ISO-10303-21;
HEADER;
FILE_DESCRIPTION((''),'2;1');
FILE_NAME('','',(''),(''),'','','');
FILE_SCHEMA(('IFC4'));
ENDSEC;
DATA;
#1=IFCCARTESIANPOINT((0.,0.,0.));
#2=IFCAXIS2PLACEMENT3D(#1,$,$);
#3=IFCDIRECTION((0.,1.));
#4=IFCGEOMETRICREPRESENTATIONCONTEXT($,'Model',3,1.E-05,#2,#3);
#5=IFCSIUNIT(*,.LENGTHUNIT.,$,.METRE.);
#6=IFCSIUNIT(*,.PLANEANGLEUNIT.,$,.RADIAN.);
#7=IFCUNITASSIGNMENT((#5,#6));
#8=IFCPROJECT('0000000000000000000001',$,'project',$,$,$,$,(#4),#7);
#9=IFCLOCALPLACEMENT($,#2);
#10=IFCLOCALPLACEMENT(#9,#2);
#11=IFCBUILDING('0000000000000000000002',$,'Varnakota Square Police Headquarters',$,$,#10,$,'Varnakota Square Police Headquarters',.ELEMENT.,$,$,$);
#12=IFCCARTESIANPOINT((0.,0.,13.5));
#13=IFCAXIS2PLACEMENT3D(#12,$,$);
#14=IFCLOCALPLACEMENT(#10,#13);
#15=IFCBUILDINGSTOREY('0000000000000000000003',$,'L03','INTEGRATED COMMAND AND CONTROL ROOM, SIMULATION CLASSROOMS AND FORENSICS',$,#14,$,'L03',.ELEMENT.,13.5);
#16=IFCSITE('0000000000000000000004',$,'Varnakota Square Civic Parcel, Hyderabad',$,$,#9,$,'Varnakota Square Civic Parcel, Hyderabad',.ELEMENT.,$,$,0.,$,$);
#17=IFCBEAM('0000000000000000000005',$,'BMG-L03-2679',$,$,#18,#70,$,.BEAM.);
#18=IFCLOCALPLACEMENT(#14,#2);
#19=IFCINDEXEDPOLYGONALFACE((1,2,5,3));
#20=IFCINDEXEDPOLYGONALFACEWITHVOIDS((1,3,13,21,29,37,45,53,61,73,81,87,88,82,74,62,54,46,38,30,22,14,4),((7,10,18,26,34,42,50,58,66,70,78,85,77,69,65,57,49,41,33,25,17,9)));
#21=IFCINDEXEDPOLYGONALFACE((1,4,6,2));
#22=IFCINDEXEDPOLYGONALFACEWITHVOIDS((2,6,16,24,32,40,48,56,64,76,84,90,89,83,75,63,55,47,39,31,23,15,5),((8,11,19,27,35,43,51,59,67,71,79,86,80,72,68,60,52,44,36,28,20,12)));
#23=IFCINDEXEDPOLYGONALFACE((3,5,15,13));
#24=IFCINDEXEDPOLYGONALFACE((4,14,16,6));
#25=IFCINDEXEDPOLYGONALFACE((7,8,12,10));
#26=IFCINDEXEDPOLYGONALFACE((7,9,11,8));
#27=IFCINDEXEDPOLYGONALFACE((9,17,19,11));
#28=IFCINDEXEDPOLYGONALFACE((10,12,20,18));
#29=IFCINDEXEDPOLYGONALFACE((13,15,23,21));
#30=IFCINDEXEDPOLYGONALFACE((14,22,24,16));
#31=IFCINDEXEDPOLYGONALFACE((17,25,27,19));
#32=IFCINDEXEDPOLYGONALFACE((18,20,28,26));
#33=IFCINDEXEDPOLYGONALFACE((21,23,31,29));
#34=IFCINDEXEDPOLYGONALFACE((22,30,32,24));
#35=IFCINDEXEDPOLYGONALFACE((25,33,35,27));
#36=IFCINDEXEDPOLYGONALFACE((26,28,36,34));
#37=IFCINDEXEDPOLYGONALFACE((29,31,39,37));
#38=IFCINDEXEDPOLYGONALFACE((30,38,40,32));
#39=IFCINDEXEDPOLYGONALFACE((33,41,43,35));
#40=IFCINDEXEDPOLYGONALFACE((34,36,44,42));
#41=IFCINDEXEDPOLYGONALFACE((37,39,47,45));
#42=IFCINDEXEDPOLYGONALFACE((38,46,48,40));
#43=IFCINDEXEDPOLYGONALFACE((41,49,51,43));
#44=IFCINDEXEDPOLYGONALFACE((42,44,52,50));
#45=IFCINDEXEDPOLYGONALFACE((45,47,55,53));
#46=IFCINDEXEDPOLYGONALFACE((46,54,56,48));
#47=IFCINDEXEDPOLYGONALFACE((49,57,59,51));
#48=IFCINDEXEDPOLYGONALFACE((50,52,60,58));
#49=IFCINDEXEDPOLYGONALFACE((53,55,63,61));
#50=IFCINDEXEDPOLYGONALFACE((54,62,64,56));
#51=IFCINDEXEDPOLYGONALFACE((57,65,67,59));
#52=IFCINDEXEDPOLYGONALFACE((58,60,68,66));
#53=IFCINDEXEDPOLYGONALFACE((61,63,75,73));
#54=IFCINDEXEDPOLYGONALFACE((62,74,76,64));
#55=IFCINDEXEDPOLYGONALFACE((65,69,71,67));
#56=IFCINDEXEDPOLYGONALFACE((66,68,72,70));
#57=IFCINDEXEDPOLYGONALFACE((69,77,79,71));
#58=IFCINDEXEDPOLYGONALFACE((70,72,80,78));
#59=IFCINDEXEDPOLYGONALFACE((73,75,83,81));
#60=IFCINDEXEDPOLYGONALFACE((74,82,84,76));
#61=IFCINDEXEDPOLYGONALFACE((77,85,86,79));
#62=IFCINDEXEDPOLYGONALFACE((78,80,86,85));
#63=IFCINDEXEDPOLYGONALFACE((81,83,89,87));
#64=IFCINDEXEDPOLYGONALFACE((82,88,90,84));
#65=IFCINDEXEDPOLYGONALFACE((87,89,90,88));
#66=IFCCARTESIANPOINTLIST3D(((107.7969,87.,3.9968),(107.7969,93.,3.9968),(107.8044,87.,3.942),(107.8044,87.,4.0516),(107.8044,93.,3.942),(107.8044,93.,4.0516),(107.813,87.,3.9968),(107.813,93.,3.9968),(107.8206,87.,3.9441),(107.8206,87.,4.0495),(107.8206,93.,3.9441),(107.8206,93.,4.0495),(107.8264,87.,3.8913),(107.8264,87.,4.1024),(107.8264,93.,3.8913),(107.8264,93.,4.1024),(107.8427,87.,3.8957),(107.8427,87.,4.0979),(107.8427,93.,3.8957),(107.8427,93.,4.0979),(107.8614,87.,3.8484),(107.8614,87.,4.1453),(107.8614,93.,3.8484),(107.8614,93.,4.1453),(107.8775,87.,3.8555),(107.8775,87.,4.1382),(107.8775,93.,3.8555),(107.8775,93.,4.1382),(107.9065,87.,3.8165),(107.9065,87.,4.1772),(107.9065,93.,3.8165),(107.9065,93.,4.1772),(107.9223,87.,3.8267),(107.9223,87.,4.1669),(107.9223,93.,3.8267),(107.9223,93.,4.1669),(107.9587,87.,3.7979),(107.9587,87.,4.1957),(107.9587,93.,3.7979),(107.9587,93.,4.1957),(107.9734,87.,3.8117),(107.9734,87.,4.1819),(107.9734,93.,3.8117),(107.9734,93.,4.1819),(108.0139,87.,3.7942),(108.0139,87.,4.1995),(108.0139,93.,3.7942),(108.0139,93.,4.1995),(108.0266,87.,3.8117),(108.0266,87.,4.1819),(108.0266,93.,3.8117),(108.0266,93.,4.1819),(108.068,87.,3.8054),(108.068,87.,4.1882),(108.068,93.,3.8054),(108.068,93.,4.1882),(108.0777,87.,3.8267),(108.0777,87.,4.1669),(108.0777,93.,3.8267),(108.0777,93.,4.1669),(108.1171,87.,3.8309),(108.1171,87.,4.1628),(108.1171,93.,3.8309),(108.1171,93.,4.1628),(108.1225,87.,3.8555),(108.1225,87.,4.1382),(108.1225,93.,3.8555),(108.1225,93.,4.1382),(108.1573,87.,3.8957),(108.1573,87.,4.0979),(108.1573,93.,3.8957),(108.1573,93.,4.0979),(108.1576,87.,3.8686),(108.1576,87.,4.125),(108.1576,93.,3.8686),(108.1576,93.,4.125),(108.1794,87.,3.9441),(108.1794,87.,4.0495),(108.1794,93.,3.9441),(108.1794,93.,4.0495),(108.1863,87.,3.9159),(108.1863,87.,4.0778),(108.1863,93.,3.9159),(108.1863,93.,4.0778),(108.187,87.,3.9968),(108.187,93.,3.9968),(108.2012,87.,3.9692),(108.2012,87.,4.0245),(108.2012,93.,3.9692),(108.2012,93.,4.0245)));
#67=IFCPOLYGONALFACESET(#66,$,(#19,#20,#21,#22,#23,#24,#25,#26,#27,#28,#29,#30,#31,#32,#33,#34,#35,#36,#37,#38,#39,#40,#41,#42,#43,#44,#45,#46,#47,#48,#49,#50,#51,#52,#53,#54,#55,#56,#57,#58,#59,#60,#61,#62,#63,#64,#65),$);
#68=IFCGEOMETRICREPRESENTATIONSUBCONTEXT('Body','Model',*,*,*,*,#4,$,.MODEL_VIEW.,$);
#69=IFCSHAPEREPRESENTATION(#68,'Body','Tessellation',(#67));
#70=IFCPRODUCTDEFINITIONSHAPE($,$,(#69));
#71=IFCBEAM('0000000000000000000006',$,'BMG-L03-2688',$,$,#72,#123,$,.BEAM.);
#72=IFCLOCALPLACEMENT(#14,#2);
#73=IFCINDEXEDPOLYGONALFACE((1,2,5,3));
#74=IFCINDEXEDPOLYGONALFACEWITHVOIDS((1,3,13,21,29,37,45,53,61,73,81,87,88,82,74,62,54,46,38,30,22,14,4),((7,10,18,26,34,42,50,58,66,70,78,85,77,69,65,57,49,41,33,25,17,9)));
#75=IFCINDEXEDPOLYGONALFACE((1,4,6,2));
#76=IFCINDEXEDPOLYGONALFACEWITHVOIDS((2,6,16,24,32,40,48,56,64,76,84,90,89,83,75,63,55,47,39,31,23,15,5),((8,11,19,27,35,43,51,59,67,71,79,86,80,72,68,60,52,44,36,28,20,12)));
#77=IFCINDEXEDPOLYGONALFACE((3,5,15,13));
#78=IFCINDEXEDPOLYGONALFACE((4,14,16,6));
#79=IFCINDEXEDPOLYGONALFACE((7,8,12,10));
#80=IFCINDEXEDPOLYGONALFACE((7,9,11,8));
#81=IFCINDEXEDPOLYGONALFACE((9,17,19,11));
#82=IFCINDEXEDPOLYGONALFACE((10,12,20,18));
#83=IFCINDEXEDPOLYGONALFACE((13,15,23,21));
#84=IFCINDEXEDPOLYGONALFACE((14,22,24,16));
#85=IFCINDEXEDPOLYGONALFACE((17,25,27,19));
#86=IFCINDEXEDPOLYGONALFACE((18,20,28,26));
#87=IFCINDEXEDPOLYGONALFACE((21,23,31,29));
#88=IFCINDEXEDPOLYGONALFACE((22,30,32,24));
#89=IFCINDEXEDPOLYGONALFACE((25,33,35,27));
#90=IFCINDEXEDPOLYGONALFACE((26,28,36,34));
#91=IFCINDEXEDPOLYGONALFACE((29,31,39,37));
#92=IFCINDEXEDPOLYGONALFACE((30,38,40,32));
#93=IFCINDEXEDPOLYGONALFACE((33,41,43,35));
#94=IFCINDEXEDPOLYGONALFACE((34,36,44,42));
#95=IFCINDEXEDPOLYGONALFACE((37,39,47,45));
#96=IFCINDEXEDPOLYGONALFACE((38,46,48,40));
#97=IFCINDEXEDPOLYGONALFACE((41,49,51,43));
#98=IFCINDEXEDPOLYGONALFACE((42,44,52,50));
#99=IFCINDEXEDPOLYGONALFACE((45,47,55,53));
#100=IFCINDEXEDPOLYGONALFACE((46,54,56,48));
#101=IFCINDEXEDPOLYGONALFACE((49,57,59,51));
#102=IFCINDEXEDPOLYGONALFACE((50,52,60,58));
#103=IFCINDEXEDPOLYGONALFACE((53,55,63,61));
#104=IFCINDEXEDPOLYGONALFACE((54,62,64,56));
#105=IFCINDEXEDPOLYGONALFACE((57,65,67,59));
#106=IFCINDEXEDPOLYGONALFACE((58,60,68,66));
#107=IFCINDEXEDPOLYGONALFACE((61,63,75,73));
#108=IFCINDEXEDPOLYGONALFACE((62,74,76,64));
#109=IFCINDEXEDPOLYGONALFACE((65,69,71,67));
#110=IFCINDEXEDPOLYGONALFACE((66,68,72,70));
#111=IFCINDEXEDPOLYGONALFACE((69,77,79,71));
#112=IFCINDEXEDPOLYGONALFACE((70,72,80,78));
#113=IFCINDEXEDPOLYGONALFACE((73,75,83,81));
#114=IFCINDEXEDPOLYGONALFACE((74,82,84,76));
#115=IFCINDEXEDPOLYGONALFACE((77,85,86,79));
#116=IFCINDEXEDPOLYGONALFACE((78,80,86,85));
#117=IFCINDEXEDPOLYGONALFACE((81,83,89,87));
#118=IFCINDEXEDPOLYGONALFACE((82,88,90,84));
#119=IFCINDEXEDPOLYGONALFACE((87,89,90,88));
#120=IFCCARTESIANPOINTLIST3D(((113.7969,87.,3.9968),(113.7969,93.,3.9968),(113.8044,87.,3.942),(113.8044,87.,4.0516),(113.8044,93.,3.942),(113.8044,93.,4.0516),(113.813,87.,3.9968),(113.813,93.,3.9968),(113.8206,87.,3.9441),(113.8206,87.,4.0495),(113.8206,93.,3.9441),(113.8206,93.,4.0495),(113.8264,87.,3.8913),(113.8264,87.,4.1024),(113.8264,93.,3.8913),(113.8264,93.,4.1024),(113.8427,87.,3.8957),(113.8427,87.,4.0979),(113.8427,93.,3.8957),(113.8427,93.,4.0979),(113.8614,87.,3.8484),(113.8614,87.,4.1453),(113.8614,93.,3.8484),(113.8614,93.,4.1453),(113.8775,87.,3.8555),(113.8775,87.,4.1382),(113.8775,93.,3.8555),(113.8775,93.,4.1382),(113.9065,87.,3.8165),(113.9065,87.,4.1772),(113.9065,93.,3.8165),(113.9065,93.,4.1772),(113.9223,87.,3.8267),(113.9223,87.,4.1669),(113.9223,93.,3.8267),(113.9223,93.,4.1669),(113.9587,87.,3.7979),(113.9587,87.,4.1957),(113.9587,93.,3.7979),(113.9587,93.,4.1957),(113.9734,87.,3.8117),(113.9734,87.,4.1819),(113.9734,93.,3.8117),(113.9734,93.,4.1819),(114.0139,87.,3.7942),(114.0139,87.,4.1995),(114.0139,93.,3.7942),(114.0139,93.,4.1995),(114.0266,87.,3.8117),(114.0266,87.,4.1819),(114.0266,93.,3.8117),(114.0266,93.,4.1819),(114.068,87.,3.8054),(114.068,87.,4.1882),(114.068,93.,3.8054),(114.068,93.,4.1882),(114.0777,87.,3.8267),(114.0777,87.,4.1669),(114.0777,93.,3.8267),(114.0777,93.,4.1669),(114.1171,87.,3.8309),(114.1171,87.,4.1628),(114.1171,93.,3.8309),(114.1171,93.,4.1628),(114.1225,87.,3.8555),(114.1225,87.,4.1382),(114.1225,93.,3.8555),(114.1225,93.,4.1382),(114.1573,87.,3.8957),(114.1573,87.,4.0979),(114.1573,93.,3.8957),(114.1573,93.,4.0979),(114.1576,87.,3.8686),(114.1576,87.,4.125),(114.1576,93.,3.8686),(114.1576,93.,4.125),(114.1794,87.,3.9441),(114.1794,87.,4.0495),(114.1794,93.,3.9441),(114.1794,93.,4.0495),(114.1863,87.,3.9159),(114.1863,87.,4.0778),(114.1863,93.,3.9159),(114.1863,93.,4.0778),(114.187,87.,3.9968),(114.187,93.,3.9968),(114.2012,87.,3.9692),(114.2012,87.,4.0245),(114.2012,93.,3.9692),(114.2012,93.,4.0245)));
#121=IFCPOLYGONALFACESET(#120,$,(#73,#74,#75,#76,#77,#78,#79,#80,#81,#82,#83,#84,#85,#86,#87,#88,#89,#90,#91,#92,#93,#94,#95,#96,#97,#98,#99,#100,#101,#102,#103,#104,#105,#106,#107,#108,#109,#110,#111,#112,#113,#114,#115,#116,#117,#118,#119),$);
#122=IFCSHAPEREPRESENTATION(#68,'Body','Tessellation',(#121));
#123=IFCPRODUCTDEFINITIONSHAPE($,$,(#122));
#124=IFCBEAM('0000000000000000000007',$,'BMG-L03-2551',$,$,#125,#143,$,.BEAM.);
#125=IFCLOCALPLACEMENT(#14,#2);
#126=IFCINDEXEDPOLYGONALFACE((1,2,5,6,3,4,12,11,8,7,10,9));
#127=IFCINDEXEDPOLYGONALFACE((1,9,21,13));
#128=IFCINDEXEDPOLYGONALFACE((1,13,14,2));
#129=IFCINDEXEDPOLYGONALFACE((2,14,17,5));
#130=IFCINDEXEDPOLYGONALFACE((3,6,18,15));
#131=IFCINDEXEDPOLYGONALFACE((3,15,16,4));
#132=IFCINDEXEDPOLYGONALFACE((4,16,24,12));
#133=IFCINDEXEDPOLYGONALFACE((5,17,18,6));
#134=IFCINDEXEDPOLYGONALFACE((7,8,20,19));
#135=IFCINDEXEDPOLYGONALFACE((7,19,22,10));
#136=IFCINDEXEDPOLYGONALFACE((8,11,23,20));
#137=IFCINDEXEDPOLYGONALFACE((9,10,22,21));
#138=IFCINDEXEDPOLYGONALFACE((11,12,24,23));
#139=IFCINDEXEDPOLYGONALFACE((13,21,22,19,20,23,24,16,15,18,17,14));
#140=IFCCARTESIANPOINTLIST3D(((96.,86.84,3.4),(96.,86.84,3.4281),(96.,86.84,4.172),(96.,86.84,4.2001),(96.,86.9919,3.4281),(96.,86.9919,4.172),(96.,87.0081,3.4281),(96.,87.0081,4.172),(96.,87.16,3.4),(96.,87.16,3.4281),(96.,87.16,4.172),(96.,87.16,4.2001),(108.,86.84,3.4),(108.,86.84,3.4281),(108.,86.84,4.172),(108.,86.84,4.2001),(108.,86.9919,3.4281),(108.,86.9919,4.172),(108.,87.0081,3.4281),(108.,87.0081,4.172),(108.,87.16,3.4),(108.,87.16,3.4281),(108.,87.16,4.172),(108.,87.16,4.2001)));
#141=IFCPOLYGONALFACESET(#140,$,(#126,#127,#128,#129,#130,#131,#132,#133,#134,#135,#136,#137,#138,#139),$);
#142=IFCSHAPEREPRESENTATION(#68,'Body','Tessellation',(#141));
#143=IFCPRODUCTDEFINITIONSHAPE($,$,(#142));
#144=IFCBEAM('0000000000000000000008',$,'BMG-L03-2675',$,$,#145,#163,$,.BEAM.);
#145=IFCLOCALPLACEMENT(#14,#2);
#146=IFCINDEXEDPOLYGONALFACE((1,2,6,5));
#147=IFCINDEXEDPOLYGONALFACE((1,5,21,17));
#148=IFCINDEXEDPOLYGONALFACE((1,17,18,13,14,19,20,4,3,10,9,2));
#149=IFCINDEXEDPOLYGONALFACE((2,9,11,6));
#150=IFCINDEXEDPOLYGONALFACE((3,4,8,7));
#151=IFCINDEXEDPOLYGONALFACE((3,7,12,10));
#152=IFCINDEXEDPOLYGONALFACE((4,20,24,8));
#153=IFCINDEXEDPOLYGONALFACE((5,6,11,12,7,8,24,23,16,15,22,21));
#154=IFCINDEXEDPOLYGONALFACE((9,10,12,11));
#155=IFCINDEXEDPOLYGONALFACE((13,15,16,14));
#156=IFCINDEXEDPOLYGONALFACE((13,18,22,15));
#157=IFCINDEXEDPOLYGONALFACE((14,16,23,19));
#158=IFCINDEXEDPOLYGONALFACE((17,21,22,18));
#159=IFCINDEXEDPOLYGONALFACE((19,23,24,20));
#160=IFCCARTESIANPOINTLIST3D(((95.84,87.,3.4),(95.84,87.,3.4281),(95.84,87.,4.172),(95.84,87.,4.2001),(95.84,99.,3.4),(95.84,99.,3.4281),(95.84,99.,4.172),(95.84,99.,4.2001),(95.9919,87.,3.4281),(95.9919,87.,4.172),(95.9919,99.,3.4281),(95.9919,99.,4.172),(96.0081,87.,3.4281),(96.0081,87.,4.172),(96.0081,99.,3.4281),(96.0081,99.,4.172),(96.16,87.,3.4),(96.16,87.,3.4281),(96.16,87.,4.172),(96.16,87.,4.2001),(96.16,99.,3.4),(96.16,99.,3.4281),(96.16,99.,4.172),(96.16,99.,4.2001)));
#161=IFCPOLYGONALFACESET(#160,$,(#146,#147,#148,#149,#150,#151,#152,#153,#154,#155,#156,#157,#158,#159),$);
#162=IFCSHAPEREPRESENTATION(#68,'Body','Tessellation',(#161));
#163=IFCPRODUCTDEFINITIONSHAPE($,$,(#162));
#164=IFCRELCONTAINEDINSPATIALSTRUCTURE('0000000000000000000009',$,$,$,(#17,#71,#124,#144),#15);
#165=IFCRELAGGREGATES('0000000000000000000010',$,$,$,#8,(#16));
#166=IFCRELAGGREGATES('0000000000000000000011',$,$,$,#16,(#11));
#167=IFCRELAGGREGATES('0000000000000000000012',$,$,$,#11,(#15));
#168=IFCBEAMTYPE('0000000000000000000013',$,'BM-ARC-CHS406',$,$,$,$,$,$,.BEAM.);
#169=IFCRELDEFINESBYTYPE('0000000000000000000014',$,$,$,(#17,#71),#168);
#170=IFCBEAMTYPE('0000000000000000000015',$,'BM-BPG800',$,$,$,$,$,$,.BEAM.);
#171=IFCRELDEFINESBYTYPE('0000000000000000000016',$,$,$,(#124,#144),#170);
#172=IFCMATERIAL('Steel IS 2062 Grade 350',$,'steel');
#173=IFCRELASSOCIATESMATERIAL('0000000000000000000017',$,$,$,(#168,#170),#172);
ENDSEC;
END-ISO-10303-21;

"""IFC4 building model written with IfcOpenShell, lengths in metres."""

from ifc_helpers import new_model, si_unit, direction, frame, origin, origin_2d, place, context, subcontext, project, spatial, hollow_circle, i_section, extrude, material, material_profile, profile_set, type_object, element, save


model = new_model("IFC4")

# Units and contexts
model_context = context("Model", 3, precision=1e-05, world=origin(), true_north=direction((0.0, 1.0)))
body_context = subcontext(model_context, "Body", "Model", "MODEL_VIEW")
ifc_project = project(units=[si_unit("LENGTHUNIT", "METRE"), si_unit("PLANEANGLEUNIT", "RADIAN")], contexts=[model_context])

# Site, building, storey
site_placement = place(None, origin())
site = spatial("IfcSite", under=ifc_project, at=site_placement, Name="Varnakota Square Civic Parcel, Hyderabad", LongName="Varnakota Square Civic Parcel, Hyderabad", CompositionType="ELEMENT", RefElevation=0.0)
building_placement = place(site_placement, origin())
building = spatial("IfcBuilding", under=site, at=building_placement, Name="Varnakota Square Police Headquarters", LongName="Varnakota Square Police Headquarters", CompositionType="ELEMENT")
storey_placement = place(building_placement, frame((0.0, 0.0, 13.5)))
storey = spatial("IfcBuildingStorey", under=building, at=storey_placement, Name="L03", Description="INTEGRATED COMMAND AND CONTROL ROOM, SIMULATION CLASSROOMS AND FORENSICS", LongName="L03", CompositionType="ELEMENT", Elevation=13.5)

# Shared definitions
ifc_material_1 = material(Name="Steel IS 2062 Grade 350", Category="steel")

# Beams
ifc_material_profile_1 = material_profile(ifc_material_1, hollow_circle(Radius=0.2031, WallThickness=0.0161, at=origin_2d()), Name="CHS 406.4x16.0")
ifc_profile_set_1 = profile_set([ifc_material_profile_1], Name="Steel IS 2062 Grade 350")
beam_type_1 = type_object("IfcBeamType", Name="BM-ARC-CHS406", PredefinedType="BEAM", material=ifc_profile_set_1)
for number, where, z_axis, x_axis, name in (
    (1, (108.0, 87.0, 3.9968), (0.0, 1.0, 0.0), (-1.0, 0.0, 0.0), "BMG-L03-2679"),
    (2, (114.0, 87.0, 3.9968), (0.0, 1.0, 0.0), (-1.0, 0.0, 0.0), "BMG-L03-2688"),
):
    element("IfcBeam", number, at=place(storey_placement, frame(where, z_axis=z_axis, x_axis=x_axis)), inside=storey, type_object=beam_type_1, Name=name, PredefinedType="BEAM", context=body_context, shape_type="SweptSolid", body=[
        extrude(hollow_circle(Radius=0.2031, WallThickness=0.0161, at=origin_2d()), origin(), (0.0, 0.0, 1.0), 6.0),
    ])
ifc_material_profile_2 = material_profile(ifc_material_1, i_section(OverallWidth=0.3201, OverallDepth=0.8, WebThickness=0.0161, FlangeThickness=0.0281, at=origin_2d()), Name="BPG 800x320")
ifc_profile_set_2 = profile_set([ifc_material_profile_2], Name="Steel IS 2062 Grade 350")
beam_type_2 = type_object("IfcBeamType", Name="BM-BPG800", PredefinedType="BEAM", material=ifc_profile_set_2)
for number, where, z_axis, x_axis, name in (
    (3, (96.0, 87.0, 3.8), (1.0, 0.0, 0.0), (0.0, 1.0, 0.0), "BMG-L03-2551"),
    (4, (96.0, 87.0, 3.8), (0.0, 1.0, 0.0), (-1.0, 0.0, 0.0), "BMG-L03-2675"),
):
    element("IfcBeam", number, at=place(storey_placement, frame(where, z_axis=z_axis, x_axis=x_axis)), inside=storey, type_object=beam_type_2, Name=name, PredefinedType="BEAM", context=body_context, shape_type="SweptSolid", body=[
        extrude(i_section(OverallWidth=0.3201, OverallDepth=0.8, WebThickness=0.0161, FlangeThickness=0.0281, at=origin_2d()), origin(), (0.0, 0.0, 1.0), 12.0),
    ])

save(model, "model.ifc")
